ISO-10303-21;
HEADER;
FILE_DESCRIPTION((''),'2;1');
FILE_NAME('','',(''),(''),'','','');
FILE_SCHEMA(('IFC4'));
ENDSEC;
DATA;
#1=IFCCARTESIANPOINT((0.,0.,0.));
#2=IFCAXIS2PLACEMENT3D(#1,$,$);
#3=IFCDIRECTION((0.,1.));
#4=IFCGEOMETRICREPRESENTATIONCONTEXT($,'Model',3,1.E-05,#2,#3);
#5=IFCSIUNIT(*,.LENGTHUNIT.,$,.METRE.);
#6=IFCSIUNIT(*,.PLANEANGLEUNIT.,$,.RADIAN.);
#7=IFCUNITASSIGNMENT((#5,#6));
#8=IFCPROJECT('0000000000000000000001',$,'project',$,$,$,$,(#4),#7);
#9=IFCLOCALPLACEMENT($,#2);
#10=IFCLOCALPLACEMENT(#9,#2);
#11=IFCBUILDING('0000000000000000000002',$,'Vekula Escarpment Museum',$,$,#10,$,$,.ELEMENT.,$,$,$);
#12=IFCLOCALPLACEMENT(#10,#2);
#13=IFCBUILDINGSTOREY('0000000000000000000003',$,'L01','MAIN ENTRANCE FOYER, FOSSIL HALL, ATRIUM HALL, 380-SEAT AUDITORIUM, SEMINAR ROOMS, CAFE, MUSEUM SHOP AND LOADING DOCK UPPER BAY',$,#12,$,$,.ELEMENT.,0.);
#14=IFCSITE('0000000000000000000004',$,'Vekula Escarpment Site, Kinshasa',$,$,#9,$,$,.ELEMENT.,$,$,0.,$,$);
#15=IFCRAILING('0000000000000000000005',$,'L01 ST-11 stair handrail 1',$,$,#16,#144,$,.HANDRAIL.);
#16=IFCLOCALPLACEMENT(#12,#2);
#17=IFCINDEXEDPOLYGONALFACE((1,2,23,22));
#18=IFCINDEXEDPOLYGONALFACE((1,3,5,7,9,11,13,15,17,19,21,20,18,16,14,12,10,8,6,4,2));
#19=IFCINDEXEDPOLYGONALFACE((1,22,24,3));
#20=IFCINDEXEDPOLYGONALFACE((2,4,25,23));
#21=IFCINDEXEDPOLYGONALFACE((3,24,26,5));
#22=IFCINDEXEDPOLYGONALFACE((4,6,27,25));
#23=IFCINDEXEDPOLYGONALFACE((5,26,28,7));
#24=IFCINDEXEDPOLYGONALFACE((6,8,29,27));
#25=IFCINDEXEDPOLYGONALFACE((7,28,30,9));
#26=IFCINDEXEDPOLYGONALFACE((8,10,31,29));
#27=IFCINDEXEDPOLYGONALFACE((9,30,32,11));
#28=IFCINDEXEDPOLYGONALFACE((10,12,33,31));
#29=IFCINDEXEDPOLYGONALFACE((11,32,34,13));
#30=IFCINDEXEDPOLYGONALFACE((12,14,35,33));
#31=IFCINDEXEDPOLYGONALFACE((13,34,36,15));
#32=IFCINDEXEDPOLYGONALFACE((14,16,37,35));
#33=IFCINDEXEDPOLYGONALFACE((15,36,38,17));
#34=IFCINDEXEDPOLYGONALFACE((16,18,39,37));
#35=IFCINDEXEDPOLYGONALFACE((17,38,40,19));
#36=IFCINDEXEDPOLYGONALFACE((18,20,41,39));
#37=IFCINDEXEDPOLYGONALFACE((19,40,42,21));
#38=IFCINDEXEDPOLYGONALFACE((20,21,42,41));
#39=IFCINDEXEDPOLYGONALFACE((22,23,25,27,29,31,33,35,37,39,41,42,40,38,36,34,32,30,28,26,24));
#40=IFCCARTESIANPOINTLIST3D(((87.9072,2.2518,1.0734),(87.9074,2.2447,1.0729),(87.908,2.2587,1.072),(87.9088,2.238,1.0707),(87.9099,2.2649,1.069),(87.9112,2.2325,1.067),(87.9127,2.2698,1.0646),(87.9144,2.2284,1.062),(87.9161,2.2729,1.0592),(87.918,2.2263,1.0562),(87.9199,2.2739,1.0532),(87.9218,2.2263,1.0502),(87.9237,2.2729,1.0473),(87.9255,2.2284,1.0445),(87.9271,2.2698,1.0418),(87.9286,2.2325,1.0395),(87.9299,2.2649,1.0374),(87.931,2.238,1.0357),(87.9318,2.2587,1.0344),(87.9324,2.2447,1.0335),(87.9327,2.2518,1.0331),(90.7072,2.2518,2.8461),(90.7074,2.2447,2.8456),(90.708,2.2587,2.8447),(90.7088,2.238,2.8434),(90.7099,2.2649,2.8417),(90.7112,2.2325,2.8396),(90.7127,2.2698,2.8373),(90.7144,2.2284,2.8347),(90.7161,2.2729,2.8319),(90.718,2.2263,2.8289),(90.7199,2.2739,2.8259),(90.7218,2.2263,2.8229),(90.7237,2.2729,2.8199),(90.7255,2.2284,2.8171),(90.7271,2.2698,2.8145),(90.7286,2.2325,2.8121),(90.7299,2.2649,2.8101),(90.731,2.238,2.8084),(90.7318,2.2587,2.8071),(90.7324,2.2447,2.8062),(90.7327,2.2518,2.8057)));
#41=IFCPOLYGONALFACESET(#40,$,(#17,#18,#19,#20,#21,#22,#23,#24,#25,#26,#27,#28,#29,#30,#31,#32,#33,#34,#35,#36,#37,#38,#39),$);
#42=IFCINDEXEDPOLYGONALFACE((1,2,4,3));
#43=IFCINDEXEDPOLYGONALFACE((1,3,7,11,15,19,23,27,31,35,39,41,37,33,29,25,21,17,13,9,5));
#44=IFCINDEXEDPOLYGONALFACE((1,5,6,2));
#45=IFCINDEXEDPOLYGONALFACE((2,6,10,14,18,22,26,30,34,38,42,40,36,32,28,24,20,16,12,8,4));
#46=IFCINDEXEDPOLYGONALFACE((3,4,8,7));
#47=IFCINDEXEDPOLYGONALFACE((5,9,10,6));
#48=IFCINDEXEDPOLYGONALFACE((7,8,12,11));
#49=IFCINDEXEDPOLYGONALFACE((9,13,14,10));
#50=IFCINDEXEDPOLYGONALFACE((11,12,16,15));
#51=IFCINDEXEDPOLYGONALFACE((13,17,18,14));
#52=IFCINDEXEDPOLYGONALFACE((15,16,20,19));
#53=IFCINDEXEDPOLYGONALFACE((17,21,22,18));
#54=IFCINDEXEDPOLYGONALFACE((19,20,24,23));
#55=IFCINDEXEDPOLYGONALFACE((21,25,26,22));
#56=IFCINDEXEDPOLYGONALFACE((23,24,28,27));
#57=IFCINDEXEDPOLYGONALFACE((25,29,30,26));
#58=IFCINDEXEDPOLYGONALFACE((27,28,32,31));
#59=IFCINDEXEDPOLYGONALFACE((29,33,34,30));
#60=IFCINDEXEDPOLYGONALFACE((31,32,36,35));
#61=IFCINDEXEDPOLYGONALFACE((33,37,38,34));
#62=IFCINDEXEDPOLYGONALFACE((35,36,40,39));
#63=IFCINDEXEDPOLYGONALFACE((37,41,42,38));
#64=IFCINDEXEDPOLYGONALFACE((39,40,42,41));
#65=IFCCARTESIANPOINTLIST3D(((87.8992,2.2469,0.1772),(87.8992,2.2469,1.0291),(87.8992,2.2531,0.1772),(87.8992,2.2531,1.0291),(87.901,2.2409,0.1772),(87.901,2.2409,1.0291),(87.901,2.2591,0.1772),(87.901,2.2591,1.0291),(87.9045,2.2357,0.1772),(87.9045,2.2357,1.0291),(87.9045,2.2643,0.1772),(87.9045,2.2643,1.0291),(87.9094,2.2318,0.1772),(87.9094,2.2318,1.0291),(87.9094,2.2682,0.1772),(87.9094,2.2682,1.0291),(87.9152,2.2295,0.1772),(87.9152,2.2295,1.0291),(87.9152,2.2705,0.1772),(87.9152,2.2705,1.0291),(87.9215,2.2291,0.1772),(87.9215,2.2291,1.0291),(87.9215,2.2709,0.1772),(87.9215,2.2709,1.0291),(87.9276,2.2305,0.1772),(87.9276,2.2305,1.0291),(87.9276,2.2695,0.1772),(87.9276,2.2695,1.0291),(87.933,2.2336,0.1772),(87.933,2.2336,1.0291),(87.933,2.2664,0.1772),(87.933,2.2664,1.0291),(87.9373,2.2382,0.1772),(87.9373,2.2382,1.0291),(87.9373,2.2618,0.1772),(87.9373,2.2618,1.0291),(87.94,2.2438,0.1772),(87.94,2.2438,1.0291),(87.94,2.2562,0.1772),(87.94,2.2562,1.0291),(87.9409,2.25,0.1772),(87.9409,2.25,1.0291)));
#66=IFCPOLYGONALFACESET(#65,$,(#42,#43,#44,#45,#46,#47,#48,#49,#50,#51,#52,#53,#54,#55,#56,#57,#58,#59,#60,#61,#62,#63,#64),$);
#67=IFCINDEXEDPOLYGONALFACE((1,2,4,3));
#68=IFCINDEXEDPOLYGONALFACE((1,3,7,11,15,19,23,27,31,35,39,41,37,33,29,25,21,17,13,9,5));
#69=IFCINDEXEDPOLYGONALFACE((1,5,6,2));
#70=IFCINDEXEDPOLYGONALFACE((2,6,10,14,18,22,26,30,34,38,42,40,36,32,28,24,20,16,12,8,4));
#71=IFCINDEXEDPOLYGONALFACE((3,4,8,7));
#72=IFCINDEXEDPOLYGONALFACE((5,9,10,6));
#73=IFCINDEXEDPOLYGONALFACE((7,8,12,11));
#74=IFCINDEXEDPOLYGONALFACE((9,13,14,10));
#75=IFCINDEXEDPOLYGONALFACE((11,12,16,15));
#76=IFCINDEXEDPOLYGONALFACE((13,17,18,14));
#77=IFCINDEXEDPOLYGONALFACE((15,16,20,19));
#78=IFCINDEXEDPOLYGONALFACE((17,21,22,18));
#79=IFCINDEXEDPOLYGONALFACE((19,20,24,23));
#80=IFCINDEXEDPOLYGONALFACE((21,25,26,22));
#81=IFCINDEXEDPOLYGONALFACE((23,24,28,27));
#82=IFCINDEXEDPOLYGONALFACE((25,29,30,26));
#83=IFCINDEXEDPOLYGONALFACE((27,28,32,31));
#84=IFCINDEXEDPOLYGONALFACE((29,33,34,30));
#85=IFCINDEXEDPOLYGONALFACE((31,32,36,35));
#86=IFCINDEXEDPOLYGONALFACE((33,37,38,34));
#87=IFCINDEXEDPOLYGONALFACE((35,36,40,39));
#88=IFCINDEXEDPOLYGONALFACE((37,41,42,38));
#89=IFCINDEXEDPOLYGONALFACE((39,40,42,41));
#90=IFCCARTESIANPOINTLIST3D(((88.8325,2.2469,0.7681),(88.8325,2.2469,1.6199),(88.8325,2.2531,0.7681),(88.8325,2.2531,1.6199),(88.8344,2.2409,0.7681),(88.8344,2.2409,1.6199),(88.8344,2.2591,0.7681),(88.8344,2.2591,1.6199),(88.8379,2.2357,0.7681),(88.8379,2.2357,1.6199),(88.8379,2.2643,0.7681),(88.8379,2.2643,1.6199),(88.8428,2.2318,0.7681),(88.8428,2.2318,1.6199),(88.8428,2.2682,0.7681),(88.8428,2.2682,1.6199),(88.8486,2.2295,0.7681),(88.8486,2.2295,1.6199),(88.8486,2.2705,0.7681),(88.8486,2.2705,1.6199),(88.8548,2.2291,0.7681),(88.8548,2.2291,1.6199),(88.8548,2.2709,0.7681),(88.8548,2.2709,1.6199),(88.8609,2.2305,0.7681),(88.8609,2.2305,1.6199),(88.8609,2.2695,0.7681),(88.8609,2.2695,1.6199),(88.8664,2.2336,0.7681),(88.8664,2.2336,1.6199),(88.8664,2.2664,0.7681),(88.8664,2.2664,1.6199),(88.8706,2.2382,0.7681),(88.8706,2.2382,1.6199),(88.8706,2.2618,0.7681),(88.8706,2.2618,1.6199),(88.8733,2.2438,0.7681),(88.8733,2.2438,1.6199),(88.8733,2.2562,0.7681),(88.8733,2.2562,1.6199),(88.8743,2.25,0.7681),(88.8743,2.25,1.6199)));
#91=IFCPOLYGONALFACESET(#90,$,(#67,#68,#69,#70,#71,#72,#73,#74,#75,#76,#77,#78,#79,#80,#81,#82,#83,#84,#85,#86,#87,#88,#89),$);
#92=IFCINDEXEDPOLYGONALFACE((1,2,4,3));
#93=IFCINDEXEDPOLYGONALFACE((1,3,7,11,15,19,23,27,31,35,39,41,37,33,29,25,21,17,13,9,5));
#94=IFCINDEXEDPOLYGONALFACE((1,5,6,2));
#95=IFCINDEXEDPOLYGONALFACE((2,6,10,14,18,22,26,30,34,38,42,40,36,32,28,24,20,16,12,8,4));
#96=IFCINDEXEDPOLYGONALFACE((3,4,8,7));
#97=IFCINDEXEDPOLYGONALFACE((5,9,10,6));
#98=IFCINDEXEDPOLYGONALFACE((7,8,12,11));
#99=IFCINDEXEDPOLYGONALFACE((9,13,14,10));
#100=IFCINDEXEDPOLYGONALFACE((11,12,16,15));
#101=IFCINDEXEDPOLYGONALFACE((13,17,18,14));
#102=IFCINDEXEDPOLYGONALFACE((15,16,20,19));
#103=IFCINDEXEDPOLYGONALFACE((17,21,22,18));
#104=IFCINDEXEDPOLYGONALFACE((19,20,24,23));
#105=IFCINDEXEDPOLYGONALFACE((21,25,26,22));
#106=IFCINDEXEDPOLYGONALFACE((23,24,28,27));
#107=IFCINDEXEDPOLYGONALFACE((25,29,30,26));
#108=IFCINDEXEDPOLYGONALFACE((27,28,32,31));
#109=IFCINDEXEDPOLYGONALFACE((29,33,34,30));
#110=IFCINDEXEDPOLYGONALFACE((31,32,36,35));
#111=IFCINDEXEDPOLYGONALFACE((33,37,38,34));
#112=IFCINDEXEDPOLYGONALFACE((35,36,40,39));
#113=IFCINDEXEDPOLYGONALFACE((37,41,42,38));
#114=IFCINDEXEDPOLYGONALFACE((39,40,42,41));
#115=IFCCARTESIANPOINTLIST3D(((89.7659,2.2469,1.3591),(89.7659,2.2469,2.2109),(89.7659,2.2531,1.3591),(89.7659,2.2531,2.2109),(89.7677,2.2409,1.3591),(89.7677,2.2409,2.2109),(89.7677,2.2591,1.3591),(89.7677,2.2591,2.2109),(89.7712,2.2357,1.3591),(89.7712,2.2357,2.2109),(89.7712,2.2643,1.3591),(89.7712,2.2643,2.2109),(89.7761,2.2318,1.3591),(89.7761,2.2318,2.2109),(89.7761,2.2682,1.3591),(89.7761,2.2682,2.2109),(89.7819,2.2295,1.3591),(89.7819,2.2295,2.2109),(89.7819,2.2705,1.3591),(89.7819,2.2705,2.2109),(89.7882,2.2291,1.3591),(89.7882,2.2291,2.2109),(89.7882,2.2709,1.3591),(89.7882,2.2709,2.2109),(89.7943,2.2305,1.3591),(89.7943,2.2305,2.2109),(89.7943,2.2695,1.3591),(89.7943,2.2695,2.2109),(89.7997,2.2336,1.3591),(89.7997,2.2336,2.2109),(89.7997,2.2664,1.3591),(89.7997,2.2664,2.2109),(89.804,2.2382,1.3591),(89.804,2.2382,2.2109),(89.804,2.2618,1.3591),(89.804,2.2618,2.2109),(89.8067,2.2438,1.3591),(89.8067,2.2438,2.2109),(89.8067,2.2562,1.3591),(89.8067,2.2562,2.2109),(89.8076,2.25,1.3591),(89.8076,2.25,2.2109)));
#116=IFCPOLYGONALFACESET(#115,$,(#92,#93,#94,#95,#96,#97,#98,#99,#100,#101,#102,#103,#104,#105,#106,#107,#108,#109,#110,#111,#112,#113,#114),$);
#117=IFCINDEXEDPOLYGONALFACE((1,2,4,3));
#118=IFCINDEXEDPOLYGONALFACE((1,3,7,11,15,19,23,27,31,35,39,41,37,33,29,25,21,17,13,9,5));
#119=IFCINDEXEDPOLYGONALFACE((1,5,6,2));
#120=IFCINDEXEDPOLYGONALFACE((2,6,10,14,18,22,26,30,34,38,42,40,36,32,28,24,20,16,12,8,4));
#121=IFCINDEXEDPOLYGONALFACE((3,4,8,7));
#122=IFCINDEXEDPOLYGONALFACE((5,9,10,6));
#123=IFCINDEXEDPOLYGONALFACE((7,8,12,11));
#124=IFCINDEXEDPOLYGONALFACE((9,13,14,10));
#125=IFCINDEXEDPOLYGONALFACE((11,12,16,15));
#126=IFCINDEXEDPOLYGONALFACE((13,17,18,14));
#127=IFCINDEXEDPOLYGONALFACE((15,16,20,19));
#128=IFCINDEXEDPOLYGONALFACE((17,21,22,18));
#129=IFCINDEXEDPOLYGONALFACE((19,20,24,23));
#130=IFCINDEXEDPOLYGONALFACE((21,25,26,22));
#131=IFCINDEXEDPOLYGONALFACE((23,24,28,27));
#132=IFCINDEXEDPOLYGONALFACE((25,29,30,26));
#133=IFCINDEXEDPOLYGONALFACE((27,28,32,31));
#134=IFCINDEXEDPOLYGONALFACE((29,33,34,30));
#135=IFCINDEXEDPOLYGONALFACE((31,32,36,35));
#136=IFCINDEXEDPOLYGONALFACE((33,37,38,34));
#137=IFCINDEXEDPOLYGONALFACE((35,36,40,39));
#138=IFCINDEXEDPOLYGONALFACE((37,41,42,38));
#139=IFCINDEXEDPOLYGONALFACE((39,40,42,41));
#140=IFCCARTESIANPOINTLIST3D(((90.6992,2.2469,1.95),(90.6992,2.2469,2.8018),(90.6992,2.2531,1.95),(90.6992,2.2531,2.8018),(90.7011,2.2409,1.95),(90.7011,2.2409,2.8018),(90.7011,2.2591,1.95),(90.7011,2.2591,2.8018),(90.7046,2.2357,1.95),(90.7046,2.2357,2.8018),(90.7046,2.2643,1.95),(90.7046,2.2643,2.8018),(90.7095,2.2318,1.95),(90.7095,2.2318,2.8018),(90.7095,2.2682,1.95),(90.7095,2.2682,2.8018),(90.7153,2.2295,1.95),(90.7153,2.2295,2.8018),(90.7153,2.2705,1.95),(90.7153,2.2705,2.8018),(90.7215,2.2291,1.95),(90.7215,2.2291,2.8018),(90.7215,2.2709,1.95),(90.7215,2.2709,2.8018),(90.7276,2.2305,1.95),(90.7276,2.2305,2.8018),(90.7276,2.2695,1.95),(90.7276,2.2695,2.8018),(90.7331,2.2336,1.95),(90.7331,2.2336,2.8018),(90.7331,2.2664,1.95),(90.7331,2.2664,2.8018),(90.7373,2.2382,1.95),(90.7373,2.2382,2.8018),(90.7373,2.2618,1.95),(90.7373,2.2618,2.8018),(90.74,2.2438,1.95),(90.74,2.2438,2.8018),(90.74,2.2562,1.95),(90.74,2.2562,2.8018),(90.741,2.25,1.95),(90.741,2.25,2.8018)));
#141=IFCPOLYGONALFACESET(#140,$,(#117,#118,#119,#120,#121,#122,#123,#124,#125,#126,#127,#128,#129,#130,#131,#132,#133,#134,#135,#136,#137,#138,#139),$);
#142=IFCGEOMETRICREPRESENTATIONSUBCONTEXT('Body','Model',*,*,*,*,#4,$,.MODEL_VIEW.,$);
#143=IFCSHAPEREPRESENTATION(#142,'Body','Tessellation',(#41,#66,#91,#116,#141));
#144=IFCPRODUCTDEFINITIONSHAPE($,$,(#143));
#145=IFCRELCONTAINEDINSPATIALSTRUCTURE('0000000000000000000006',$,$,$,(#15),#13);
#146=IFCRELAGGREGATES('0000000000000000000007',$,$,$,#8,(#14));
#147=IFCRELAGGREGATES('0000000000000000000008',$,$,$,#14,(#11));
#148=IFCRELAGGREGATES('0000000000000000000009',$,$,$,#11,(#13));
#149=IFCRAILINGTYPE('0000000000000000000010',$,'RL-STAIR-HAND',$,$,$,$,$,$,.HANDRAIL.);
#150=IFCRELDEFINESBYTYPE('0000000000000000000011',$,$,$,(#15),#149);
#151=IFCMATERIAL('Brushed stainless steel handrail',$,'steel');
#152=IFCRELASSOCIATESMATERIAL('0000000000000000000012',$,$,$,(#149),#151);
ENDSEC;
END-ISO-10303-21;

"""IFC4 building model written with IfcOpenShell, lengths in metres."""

from ifc_helpers import new_model, si_unit, direction, frame, origin, origin_2d, place, context, subcontext, project, spatial, circle, extrude, material, type_object, element, save


model = new_model("IFC4")

# Units and contexts
model_context = context("Model", 3, precision=1e-05, world=origin(), true_north=direction((0.0, 1.0)))
body_context = subcontext(model_context, "Body", "Model", "MODEL_VIEW")
ifc_project = project(units=[si_unit("LENGTHUNIT", "METRE"), si_unit("PLANEANGLEUNIT", "RADIAN")], contexts=[model_context])

# Site, building, storey
site_placement = place(None, origin())
site = spatial("IfcSite", under=ifc_project, at=site_placement, Name="Vekula Escarpment Site, Kinshasa", CompositionType="ELEMENT", RefElevation=0.0)
building_placement = place(site_placement, origin())
building = spatial("IfcBuilding", under=site, at=building_placement, Name="Vekula Escarpment Museum", CompositionType="ELEMENT")
storey_placement = place(building_placement, origin())
storey = spatial("IfcBuildingStorey", under=building, at=storey_placement, Name="L01", Description="MAIN ENTRANCE FOYER, FOSSIL HALL, ATRIUM HALL, 380-SEAT AUDITORIUM, SEMINAR ROOMS, CAFE, MUSEUM SHOP AND LOADING DOCK UPPER BAY", CompositionType="ELEMENT", Elevation=0.0)

# Railing
ifc_material_1 = material(Name="Brushed stainless steel handrail", Category="steel")
railing_type_1 = type_object("IfcRailingType", Name="RL-STAIR-HAND", PredefinedType="HANDRAIL", material=ifc_material_1)
railing_1_placement = place(storey_placement, frame((87.9199, 2.25, 0.1772)))
element("IfcRailing", 1, at=railing_1_placement, inside=storey, type_object=railing_type_1, Name="L01 ST-11 stair handrail 1", PredefinedType="HANDRAIL", context=body_context, shape_type="SweptSolid", body=[
    extrude(circle(Radius=0.0239, at=origin_2d()), frame((0.0, 0.0, 0.876), z_axis=(0.844909, 0.0, 0.53491), x_axis=(0.0, 1.0, 0.0)), (0.0, 0.0, 1.0), 3.314),
    extrude(circle(Radius=0.021, at=origin_2d()), origin(), (0.0, 0.0, 1.0), 0.8518),
    extrude(circle(Radius=0.021, at=origin_2d()), frame((0.9333, 0.0, 0.5908)), (0.0, 0.0, 1.0), 0.8518),
    extrude(circle(Radius=0.021, at=origin_2d()), frame((1.8667, 0.0, 1.1819)), (0.0, 0.0, 1.0), 0.8518),
    extrude(circle(Radius=0.021, at=origin_2d()), frame((2.8, 0.0, 1.7727)), (0.0, 0.0, 1.0), 0.8518),
])

save(model, "model.ifc")
